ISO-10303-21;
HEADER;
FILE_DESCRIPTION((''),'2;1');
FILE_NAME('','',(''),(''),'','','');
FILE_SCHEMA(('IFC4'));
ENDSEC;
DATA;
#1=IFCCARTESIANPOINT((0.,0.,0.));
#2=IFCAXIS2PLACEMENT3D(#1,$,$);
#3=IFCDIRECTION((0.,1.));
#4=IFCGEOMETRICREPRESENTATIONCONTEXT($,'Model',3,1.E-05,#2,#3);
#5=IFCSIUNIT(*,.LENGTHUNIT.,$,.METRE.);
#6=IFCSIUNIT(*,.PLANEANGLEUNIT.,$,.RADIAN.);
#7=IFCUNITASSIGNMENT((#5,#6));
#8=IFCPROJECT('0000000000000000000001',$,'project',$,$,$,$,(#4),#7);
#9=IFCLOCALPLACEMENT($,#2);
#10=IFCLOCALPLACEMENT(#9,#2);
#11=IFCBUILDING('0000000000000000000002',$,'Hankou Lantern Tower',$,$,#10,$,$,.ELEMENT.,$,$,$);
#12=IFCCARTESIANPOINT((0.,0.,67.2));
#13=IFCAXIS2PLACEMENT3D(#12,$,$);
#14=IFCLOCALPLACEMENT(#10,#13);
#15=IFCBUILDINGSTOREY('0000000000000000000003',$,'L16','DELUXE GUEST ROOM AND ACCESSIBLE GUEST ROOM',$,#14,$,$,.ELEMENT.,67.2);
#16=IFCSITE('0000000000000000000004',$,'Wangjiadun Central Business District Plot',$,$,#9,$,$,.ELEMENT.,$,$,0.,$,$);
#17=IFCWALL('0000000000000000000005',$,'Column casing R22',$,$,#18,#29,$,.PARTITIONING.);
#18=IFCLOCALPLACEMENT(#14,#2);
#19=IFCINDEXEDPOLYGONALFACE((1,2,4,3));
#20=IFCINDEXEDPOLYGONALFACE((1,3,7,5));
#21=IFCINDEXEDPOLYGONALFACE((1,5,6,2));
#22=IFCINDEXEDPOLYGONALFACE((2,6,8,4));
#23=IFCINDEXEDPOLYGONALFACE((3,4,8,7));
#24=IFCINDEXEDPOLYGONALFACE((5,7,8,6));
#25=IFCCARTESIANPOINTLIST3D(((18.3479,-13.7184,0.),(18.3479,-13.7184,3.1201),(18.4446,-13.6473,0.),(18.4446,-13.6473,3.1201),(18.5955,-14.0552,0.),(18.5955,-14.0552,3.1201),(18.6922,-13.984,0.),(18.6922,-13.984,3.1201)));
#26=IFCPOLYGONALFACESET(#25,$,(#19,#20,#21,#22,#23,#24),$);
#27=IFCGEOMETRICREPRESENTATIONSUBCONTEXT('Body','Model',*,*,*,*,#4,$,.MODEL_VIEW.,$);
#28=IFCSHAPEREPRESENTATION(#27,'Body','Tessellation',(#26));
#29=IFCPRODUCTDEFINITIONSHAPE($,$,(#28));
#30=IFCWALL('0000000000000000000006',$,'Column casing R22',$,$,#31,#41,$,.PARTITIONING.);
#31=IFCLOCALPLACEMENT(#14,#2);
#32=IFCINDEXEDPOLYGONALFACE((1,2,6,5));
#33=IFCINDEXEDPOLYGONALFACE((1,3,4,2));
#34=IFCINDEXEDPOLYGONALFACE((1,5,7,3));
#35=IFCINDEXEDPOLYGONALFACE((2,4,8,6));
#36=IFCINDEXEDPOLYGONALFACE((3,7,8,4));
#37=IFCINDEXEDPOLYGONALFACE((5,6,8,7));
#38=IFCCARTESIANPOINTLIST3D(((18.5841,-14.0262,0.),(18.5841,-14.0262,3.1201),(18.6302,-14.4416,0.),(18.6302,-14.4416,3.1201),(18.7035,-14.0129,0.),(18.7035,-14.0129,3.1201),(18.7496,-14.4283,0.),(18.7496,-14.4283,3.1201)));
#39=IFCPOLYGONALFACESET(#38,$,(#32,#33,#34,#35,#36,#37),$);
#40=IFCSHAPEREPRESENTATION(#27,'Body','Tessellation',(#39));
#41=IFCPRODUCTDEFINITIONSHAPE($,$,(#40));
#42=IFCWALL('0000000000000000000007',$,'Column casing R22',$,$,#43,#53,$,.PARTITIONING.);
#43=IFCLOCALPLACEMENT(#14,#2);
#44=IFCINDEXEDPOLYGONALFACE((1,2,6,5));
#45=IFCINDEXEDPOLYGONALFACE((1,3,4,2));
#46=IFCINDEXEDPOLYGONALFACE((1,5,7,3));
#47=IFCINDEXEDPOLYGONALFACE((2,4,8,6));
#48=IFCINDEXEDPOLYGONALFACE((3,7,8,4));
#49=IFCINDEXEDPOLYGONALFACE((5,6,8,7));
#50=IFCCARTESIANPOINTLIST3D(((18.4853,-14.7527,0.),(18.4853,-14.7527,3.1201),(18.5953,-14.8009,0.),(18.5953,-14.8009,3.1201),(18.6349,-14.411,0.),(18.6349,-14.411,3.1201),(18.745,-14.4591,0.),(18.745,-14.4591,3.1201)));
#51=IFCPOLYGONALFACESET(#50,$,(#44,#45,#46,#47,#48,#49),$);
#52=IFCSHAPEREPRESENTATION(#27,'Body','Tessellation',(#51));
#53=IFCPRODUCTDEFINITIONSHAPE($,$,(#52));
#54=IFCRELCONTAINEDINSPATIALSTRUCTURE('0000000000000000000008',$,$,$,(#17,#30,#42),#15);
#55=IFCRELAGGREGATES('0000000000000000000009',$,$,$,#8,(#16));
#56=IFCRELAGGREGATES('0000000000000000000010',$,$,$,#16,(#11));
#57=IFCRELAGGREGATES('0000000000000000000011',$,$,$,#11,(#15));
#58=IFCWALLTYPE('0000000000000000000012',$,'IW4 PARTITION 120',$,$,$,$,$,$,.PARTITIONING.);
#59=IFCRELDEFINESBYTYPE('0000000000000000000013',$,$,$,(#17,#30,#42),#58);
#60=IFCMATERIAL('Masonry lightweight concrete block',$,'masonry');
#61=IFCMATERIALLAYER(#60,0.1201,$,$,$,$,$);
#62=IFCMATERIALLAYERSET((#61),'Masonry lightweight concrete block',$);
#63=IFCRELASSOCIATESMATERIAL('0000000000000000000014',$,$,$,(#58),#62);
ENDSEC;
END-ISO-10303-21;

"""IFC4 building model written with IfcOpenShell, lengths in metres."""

from ifc_helpers import new_model, si_unit, direction, frame, frame_2d, origin, place, context, subcontext, project, spatial, rectangle, extrude, material, layer, layer_set, type_object, element, save


model = new_model("IFC4")

# Units and contexts
model_context = context("Model", 3, precision=1e-05, world=origin(), true_north=direction((0.0, 1.0)))
body_context = subcontext(model_context, "Body", "Model", "MODEL_VIEW")
ifc_project = project(units=[si_unit("LENGTHUNIT", "METRE"), si_unit("PLANEANGLEUNIT", "RADIAN")], contexts=[model_context])

# Site, building, storey
site_placement = place(None, origin())
site = spatial("IfcSite", under=ifc_project, at=site_placement, Name="Wangjiadun Central Business District Plot", CompositionType="ELEMENT", RefElevation=0.0)
building_placement = place(site_placement, origin())
building = spatial("IfcBuilding", under=site, at=building_placement, Name="Hankou Lantern Tower", CompositionType="ELEMENT")
storey_placement = place(building_placement, frame((0.0, 0.0, 67.2)))
storey = spatial("IfcBuildingStorey", under=building, at=storey_placement, Name="L16", Description="DELUXE GUEST ROOM AND ACCESSIBLE GUEST ROOM", CompositionType="ELEMENT", Elevation=67.2)

# Walls
ifc_material_1 = material(Name="Masonry lightweight concrete block", Category="masonry")
ifc_layer_1 = layer(ifc_material_1, 0.1201)
ifc_layer_set_1 = layer_set([ifc_layer_1], Name="Masonry lightweight concrete block")
wall_type_1 = type_object("IfcWallType", Name="IW4 PARTITION 120", PredefinedType="PARTITIONING", material=ifc_layer_set_1)
for number, where, z_axis, x_axis, name in (
    (1, (18.3962, -13.6829, 0.0), (0.0, 0.0, 1.0), (0.592402, -0.805643, 0.0), "Column casing R22"),
    (2, (18.6438, -14.0195, 0.0), (0.0, 0.0, 1.0), (0.110367, -0.993891, 0.0), "Column casing R22"),
):
    element("IfcWall", number, at=place(storey_placement, frame(where, z_axis=z_axis, x_axis=x_axis)), inside=storey, type_object=wall_type_1, Name=name, PredefinedType="PARTITIONING", context=body_context, shape_type="SweptSolid", body=[
        extrude(rectangle(XDim=0.418, YDim=0.1201, at=frame_2d((0.209, 0.0))), origin(), (0.0, 0.0, 1.0), 3.1201),
    ])
wall_1_placement = place(storey_placement, frame((18.6899, -14.4351, 0.0), z_axis=(0.0, 0.0, 1.0), x_axis=(-0.401093, -0.916037, 0.0)))
element("IfcWall", 3, at=wall_1_placement, inside=storey, type_object=wall_type_1, Name="Column casing R22", PredefinedType="PARTITIONING", context=body_context, shape_type="SweptSolid", body=[
    extrude(rectangle(XDim=0.373, YDim=0.1201, at=frame_2d((0.1865, 0.0))), origin(), (0.0, 0.0, 1.0), 3.1201),
])

save(model, "model.ifc")
